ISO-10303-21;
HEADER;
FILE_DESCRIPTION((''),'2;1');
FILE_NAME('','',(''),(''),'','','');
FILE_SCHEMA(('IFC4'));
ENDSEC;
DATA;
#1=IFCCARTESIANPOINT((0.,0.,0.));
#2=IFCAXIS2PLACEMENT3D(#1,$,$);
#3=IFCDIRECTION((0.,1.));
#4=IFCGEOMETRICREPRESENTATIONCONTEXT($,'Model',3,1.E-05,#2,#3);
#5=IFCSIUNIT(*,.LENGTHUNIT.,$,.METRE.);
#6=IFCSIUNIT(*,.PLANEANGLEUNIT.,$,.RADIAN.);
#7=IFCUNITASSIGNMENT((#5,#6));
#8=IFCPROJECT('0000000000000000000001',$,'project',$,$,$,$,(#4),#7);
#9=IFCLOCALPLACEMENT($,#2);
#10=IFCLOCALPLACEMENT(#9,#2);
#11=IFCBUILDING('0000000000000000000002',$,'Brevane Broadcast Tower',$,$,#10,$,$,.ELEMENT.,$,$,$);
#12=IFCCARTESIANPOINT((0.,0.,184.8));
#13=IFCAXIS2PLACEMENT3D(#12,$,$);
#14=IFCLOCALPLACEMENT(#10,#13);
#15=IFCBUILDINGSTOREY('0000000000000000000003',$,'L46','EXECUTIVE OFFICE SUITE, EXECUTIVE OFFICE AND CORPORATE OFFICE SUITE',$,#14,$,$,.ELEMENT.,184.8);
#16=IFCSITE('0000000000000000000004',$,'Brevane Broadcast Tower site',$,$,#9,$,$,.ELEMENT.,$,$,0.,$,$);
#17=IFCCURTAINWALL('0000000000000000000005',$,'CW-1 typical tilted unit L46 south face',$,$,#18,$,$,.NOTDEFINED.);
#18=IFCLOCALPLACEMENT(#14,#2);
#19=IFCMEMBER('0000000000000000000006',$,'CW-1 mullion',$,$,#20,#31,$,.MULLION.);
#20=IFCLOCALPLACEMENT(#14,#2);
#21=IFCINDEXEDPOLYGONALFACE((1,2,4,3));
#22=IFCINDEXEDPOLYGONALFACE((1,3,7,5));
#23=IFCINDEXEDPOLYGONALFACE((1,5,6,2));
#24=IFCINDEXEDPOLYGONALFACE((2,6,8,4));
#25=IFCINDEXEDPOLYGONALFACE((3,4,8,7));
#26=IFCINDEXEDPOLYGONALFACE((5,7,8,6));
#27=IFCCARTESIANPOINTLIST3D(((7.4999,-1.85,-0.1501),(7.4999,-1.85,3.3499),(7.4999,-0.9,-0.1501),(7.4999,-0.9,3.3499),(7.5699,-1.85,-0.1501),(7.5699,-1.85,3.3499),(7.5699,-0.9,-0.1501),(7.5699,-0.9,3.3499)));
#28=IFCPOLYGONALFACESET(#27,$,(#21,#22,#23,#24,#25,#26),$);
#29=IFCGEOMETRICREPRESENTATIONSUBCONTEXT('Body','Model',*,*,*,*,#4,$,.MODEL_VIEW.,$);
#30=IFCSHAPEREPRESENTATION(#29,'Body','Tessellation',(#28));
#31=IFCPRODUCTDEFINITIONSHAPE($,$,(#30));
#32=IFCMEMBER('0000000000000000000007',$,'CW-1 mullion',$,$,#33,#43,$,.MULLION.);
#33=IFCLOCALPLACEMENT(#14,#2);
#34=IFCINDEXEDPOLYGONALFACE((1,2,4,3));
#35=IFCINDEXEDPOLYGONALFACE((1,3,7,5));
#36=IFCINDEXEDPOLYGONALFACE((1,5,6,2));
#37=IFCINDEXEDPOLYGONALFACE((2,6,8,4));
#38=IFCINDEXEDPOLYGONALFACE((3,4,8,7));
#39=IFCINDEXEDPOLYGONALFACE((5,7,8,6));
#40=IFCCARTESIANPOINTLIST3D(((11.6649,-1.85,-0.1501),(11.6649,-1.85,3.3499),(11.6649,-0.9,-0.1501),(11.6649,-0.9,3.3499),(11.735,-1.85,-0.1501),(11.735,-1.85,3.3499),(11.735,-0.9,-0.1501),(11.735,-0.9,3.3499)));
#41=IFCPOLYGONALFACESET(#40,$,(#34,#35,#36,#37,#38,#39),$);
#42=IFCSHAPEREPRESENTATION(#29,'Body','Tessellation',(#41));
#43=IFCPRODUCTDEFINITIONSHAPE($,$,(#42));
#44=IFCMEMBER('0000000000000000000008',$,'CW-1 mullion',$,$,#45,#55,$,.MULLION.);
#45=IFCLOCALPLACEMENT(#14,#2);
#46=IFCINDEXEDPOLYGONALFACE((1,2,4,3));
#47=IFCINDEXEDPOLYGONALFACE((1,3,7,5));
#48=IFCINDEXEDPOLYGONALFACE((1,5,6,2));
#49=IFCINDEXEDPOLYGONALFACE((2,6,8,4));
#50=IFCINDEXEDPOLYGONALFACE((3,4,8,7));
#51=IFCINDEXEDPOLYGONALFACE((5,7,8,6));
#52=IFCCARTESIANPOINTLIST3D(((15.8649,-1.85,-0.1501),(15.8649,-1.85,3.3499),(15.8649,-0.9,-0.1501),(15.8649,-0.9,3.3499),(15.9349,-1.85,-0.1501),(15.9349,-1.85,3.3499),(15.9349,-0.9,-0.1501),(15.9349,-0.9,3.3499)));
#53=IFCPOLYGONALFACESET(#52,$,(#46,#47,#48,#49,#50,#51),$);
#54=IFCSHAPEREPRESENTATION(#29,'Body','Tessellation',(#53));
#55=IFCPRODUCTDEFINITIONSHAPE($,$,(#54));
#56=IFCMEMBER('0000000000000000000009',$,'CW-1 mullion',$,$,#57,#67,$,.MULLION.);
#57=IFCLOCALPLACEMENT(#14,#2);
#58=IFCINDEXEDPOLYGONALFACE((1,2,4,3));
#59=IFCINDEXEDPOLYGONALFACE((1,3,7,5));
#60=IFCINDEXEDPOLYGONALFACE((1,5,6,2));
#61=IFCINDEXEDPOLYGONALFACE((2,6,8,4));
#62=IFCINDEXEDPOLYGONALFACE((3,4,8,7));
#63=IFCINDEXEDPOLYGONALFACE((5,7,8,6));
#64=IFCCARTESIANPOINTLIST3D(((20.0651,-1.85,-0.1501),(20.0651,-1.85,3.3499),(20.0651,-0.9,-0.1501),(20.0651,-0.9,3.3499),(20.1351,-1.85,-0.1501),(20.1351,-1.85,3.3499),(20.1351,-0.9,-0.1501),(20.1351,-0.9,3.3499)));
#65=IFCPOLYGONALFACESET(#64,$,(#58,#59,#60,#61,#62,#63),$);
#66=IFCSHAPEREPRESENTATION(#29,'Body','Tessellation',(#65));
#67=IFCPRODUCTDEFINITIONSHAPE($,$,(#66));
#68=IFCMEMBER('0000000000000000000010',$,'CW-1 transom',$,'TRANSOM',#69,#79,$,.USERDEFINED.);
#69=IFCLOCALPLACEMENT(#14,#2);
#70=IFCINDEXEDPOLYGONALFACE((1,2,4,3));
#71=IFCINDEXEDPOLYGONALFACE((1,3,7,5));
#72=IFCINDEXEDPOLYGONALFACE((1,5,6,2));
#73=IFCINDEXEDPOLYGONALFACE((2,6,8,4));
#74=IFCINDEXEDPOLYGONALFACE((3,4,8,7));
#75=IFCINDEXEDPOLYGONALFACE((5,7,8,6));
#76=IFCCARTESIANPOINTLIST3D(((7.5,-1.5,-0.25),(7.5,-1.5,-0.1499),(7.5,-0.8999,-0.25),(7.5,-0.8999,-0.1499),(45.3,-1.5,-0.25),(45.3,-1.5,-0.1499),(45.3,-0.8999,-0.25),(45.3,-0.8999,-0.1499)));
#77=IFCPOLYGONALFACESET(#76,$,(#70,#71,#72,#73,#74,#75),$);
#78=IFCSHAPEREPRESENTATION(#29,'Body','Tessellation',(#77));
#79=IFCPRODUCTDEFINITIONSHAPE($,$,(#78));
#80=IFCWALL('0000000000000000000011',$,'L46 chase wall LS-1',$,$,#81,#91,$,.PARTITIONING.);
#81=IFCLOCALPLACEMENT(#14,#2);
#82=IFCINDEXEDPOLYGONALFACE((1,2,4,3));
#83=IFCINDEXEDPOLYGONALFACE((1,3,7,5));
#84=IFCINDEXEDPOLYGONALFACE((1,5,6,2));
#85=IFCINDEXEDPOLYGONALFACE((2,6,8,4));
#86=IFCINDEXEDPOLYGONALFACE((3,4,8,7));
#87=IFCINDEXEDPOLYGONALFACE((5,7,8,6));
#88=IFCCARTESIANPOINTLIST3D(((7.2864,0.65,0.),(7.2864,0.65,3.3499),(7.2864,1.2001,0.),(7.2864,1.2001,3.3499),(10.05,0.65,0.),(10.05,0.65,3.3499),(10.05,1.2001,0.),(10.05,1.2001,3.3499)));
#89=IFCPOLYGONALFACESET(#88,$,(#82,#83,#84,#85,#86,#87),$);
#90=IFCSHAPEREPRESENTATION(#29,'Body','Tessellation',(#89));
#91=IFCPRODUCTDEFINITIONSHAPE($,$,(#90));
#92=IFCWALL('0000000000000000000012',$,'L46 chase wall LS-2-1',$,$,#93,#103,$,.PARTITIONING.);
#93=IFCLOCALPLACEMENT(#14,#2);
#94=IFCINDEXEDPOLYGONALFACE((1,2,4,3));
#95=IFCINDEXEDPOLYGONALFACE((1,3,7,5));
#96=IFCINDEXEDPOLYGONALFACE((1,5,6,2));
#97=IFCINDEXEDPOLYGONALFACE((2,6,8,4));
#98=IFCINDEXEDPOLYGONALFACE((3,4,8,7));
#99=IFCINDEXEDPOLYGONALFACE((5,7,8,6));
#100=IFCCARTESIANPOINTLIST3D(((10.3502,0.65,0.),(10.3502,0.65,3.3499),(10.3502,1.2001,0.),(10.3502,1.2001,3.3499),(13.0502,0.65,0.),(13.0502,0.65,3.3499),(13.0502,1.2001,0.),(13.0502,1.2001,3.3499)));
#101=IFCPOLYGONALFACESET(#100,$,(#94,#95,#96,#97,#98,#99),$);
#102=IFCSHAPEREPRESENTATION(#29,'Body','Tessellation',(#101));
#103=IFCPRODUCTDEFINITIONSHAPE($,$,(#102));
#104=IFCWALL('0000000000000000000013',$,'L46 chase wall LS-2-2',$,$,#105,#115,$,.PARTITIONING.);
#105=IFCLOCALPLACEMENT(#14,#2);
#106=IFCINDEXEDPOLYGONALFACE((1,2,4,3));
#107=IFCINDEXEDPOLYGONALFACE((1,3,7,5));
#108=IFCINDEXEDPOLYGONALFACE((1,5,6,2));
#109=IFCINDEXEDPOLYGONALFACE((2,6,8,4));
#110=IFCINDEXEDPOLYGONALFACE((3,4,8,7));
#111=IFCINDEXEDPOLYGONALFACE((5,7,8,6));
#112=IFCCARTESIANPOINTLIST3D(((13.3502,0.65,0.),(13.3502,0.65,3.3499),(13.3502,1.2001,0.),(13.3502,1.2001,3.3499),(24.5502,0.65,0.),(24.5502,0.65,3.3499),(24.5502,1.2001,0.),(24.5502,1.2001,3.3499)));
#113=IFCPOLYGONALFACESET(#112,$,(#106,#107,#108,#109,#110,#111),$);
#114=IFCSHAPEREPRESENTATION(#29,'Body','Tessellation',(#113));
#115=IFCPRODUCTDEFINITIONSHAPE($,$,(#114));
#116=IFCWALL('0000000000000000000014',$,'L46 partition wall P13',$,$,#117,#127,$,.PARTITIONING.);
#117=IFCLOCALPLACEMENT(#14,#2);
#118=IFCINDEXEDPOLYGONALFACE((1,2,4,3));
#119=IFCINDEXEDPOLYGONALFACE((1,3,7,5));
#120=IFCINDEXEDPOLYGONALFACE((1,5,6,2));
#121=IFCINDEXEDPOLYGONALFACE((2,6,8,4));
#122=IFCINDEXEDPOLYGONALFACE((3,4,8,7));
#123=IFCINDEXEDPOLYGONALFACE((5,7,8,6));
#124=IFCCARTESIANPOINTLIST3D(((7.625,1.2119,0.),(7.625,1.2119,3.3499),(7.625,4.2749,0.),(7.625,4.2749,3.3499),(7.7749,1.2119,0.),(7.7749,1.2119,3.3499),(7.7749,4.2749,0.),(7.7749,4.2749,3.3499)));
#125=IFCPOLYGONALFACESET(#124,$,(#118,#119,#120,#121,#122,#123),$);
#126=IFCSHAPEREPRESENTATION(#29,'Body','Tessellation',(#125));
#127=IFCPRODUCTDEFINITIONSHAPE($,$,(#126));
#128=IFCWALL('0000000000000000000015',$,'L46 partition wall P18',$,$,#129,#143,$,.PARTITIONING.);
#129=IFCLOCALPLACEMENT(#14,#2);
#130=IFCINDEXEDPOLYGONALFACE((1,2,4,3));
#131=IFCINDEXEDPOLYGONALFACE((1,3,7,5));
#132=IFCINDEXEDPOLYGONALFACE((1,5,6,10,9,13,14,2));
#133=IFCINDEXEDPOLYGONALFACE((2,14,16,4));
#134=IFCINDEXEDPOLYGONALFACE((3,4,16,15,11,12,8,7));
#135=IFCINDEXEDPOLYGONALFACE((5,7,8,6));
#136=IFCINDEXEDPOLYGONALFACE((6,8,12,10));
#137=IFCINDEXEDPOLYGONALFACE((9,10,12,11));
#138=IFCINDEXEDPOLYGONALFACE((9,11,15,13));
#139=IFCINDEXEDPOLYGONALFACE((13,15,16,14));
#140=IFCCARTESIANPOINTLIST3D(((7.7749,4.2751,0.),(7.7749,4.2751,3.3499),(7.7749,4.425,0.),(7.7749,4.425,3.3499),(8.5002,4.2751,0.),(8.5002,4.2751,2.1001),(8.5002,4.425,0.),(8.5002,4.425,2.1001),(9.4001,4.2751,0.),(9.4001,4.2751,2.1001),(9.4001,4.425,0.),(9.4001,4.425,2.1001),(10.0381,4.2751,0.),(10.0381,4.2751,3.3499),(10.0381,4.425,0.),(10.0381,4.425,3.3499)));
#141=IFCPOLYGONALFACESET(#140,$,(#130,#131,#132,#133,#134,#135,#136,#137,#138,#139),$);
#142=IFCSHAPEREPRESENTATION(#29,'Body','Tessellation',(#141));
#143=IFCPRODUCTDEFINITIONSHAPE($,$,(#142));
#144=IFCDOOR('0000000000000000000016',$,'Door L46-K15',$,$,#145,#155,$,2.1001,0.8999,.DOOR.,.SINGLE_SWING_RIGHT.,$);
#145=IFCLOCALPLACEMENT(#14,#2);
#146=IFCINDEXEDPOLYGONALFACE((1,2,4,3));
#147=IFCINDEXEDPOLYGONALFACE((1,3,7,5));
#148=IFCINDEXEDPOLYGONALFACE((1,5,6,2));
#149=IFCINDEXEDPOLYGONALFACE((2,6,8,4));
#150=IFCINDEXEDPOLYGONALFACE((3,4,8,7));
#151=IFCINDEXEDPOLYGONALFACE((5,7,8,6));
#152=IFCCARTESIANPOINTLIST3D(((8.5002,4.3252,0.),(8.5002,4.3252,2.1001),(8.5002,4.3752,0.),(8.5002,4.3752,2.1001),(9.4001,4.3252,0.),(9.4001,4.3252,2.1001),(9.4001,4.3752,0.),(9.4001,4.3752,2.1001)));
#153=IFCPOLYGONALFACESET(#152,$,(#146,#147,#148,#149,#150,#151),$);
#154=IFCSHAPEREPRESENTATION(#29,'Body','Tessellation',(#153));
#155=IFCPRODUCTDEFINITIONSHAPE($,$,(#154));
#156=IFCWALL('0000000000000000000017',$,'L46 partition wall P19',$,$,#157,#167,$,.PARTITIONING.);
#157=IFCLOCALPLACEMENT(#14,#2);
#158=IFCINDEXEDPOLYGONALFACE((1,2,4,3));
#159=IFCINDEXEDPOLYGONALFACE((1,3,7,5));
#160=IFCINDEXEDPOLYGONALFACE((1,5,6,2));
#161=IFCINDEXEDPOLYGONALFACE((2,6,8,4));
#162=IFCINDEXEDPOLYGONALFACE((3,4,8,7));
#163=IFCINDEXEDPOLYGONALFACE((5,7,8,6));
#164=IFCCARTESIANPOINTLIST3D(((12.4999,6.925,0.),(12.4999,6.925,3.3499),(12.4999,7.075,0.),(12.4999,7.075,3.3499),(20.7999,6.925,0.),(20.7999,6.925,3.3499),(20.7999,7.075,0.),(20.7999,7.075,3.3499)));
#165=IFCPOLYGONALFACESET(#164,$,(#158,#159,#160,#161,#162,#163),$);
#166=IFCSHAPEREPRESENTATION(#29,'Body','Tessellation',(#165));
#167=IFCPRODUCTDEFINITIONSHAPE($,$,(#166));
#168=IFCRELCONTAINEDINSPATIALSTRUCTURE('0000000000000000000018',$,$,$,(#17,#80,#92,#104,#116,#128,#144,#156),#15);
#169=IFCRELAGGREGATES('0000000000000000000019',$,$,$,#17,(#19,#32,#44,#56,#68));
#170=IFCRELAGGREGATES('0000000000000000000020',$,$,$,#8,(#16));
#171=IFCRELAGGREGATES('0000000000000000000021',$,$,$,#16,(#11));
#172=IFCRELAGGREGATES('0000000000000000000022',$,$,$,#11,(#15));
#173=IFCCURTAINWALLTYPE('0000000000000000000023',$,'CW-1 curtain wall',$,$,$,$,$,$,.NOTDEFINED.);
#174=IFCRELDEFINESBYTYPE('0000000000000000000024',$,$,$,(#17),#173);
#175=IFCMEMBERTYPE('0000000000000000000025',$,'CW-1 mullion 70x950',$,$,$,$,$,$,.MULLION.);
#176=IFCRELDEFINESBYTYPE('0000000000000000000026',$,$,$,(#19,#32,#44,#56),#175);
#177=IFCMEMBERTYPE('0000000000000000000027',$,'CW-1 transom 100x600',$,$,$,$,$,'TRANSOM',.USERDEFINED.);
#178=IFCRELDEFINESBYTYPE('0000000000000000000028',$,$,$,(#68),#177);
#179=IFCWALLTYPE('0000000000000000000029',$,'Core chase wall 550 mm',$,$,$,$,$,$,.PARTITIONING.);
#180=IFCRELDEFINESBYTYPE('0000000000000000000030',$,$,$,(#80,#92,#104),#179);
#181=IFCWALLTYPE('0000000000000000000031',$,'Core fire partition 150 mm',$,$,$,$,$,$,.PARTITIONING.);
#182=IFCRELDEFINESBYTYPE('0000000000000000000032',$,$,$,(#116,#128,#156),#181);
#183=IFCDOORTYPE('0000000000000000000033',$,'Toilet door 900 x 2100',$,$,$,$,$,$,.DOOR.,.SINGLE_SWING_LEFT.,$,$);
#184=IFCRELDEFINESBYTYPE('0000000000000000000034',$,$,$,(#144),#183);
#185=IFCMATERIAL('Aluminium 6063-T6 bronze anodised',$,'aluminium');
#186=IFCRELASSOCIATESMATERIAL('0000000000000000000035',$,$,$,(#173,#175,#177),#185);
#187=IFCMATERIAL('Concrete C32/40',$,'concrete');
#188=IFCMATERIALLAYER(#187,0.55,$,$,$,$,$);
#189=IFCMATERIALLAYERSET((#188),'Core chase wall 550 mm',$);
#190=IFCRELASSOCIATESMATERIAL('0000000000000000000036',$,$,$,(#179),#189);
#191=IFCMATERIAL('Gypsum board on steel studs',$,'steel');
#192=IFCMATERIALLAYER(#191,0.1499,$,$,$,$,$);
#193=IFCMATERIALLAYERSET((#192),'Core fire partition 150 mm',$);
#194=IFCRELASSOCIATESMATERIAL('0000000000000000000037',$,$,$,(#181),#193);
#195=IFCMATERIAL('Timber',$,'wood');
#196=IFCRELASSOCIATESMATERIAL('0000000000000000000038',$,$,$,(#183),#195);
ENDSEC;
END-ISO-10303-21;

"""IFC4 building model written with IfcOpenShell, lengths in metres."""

from ifc_helpers import new_model, si_unit, direction, frame, frame_2d, origin, origin_2d, place, context, subcontext, project, spatial, rectangle, extrude, material, layer, layer_set, material_profile, profile_set, type_object, element, fill, aggregate, save


model = new_model("IFC4")

# Units and contexts
model_context = context("Model", 3, precision=1e-05, world=origin(), true_north=direction((0.0, 1.0)))
body_context = subcontext(model_context, "Body", "Model", "MODEL_VIEW")
ifc_project = project(units=[si_unit("LENGTHUNIT", "METRE"), si_unit("PLANEANGLEUNIT", "RADIAN")], contexts=[model_context])

# Site, building, storey
site_placement = place(None, origin())
site = spatial("IfcSite", under=ifc_project, at=site_placement, Name="Brevane Broadcast Tower site", CompositionType="ELEMENT", RefElevation=0.0)
building_placement = place(site_placement, origin())
building = spatial("IfcBuilding", under=site, at=building_placement, Name="Brevane Broadcast Tower", CompositionType="ELEMENT")
storey_placement = place(building_placement, frame((0.0, 0.0, 184.8)))
storey = spatial("IfcBuildingStorey", under=building, at=storey_placement, Name="L46", Description="EXECUTIVE OFFICE SUITE, EXECUTIVE OFFICE AND CORPORATE OFFICE SUITE", CompositionType="ELEMENT", Elevation=184.8)

# Curtain wall, members
ifc_material_1 = material(Name="Aluminium 6063-T6 bronze anodised", Category="aluminium")
curtain_wall_type = type_object("IfcCurtainWallType", Name="CW-1 curtain wall", PredefinedType="NOTDEFINED", material=ifc_material_1)
curtain_wall_placement = place(storey_placement, origin())
curtain_wall = element("IfcCurtainWall", 1, at=curtain_wall_placement, inside=storey, type_object=curtain_wall_type, Name="CW-1 typical tilted unit L46 south face", PredefinedType="NOTDEFINED")
ifc_material_profile_1 = material_profile(ifc_material_1, rectangle(XDim=0.95, YDim=0.0701, at=origin_2d()), Name="RECT 70x950")
ifc_profile_set_1 = profile_set([ifc_material_profile_1], Name="Aluminium 6063-T6 bronze anodised")
member_type_1 = type_object("IfcMemberType", Name="CW-1 mullion 70x950", PredefinedType="MULLION", material=ifc_profile_set_1)
member_1_placement = place(storey_placement, frame((7.5349, -1.375, -0.1501), z_axis=(0.0, 0.0, 1.0), x_axis=(0.0, 1.0, 0.0)))
member_1 = element("IfcMember", 2, at=member_1_placement, type_object=member_type_1, Name="CW-1 mullion", PredefinedType="MULLION", context=body_context, shape_type="SweptSolid", body=[
    extrude(rectangle(XDim=0.95, YDim=0.0701, at=origin_2d()), origin(), (0.0, 0.0, 1.0), 3.5),
])
member_2_placement = place(storey_placement, frame((11.7, -1.375, -0.1501), z_axis=(0.0, 0.0, 1.0), x_axis=(0.0, 1.0, 0.0)))
member_2 = element("IfcMember", 3, at=member_2_placement, type_object=member_type_1, Name="CW-1 mullion", PredefinedType="MULLION", context=body_context, shape_type="SweptSolid", body=[
    extrude(rectangle(XDim=0.95, YDim=0.0701, at=origin_2d()), origin(), (0.0, 0.0, 1.0), 3.5),
])
member_3_placement = place(storey_placement, frame((15.8999, -1.375, -0.1501), z_axis=(0.0, 0.0, 1.0), x_axis=(0.0, 1.0, 0.0)))
member_3 = element("IfcMember", 4, at=member_3_placement, type_object=member_type_1, Name="CW-1 mullion", PredefinedType="MULLION", context=body_context, shape_type="SweptSolid", body=[
    extrude(rectangle(XDim=0.95, YDim=0.0701, at=origin_2d()), origin(), (0.0, 0.0, 1.0), 3.5),
])
member_4_placement = place(storey_placement, frame((20.1001, -1.375, -0.1501), z_axis=(0.0, 0.0, 1.0), x_axis=(0.0, 1.0, 0.0)))
member_4 = element("IfcMember", 5, at=member_4_placement, type_object=member_type_1, Name="CW-1 mullion", PredefinedType="MULLION", context=body_context, shape_type="SweptSolid", body=[
    extrude(rectangle(XDim=0.95, YDim=0.0701, at=origin_2d()), origin(), (0.0, 0.0, 1.0), 3.5),
])
ifc_material_profile_2 = material_profile(ifc_material_1, rectangle(XDim=0.6001, YDim=0.1001, at=origin_2d()), Name="RECT 100x600")
ifc_profile_set_2 = profile_set([ifc_material_profile_2], Name="Aluminium 6063-T6 bronze anodised")
member_type_2 = type_object("IfcMemberType", Name="CW-1 transom 100x600", ElementType="TRANSOM", PredefinedType="USERDEFINED", material=ifc_profile_set_2)
member_5_placement = place(storey_placement, frame((7.5, -1.2, -0.2), z_axis=(1.0, 0.0, 0.0), x_axis=(0.0, 1.0, 0.0)))
member_5 = element("IfcMember", 6, at=member_5_placement, type_object=member_type_2, Name="CW-1 transom", ObjectType="TRANSOM", PredefinedType="USERDEFINED", context=body_context, shape_type="SweptSolid", body=[
    extrude(rectangle(XDim=0.6001, YDim=0.1001, at=origin_2d()), origin(), (0.0, 0.0, 1.0), 37.8),
])
aggregate(curtain_wall, [member_1, member_2, member_3, member_4, member_5])

# Walls
ifc_material_2 = material(Name="Concrete C32/40", Category="concrete")
ifc_layer_1 = layer(ifc_material_2, 0.55)
ifc_layer_set_1 = layer_set([ifc_layer_1], Name="Core chase wall 550 mm")
wall_type_1 = type_object("IfcWallType", Name="Core chase wall 550 mm", PredefinedType="PARTITIONING", material=ifc_layer_set_1)
wall_1_placement = place(storey_placement, frame((7.2864, 0.925, 0.0), z_axis=(0.0, 0.0, 1.0), x_axis=(1.0, 0.0, 0.0)))
element("IfcWall", 7, at=wall_1_placement, inside=storey, type_object=wall_type_1, Name="L46 chase wall LS-1", PredefinedType="PARTITIONING", context=body_context, shape_type="SweptSolid", body=[
    extrude(rectangle(XDim=2.7637, YDim=0.55, at=frame_2d((1.3818, 0.0))), origin(), (0.0, 0.0, 1.0), 3.3499),
])
wall_2_placement = place(storey_placement, frame((10.3501, 0.925, 0.0), z_axis=(0.0, 0.0, 1.0), x_axis=(1.0, 0.0, 0.0)))
element("IfcWall", 8, at=wall_2_placement, inside=storey, type_object=wall_type_1, Name="L46 chase wall LS-2-1", PredefinedType="PARTITIONING", context=body_context, shape_type="SweptSolid", body=[
    extrude(rectangle(XDim=2.7, YDim=0.55, at=frame_2d((1.3501, 0.0))), origin(), (0.0, 0.0, 1.0), 3.3499),
])
wall_3_placement = place(storey_placement, frame((13.3501, 0.925, 0.0), z_axis=(0.0, 0.0, 1.0), x_axis=(1.0, 0.0, 0.0)))
element("IfcWall", 9, at=wall_3_placement, inside=storey, type_object=wall_type_1, Name="L46 chase wall LS-2-2", PredefinedType="PARTITIONING", context=body_context, shape_type="SweptSolid", body=[
    extrude(rectangle(XDim=11.2, YDim=0.55, at=frame_2d((5.6001, 0.0))), origin(), (0.0, 0.0, 1.0), 3.3499),
])
ifc_material_3 = material(Name="Gypsum board on steel studs", Category="steel")
ifc_layer_2 = layer(ifc_material_3, 0.1499)
ifc_layer_set_2 = layer_set([ifc_layer_2], Name="Core fire partition 150 mm")
wall_type_2 = type_object("IfcWallType", Name="Core fire partition 150 mm", PredefinedType="PARTITIONING", material=ifc_layer_set_2)
wall_4_placement = place(storey_placement, frame((7.7, 4.2749, 0.0), z_axis=(0.0, 0.0, 1.0), x_axis=(0.0, -1.0, 0.0)))
element("IfcWall", 10, at=wall_4_placement, inside=storey, type_object=wall_type_2, Name="L46 partition wall P13", PredefinedType="PARTITIONING", context=body_context, shape_type="SweptSolid", body=[
    extrude(rectangle(XDim=3.063, YDim=0.1499, at=frame_2d((1.5315, 0.0))), origin(), (0.0, 0.0, 1.0), 3.3499),
])

# Wall, opening, door
wall_5_placement = place(storey_placement, frame((10.0381, 4.3501, 0.0), z_axis=(0.0, 0.0, 1.0), x_axis=(-1.0, 0.0, 0.0)))
wall_5 = element("IfcWall", 11, at=wall_5_placement, inside=storey, type_object=wall_type_2, Name="L46 partition wall P18", PredefinedType="PARTITIONING", context=body_context, shape_type="SweptSolid", body=[
    extrude(rectangle(XDim=2.2632, YDim=0.1499, at=frame_2d((1.1316, 0.0))), origin(), (0.0, 0.0, 1.0), 3.3499),
])
opening_1_placement = place(wall_5_placement, frame((0.6379, 0.0, 0.0)))
opening_1 = element("IfcOpeningElement", 12, at=opening_1_placement, cuts=wall_5, PredefinedType="OPENING", context=body_context, shape_type="SweptSolid", body=[
    extrude(rectangle(XDim=0.8999, YDim=2.1001, at=frame_2d((0.45, 1.05))), frame((0.0, 0.085, 0.0), z_axis=(0.0, -1.0, 0.0), x_axis=(1.0, 0.0, 0.0)), (0.0, 0.0, 1.0), 0.1699),
])
ifc_material_4 = material(Name="Timber", Category="wood")
door_type_1 = type_object("IfcDoorType", Name="Toilet door 900 x 2100", OperationType="SINGLE_SWING_LEFT", PredefinedType="DOOR", material=ifc_material_4)
door_1_placement = place(opening_1_placement, origin())
door_1 = element("IfcDoor", 13, at=door_1_placement, inside=storey, type_object=door_type_1, Name="Door L46-K15", OperationType="SINGLE_SWING_RIGHT", OverallHeight=2.1001, OverallWidth=0.8999, PredefinedType="DOOR", context=body_context, shape_type="SweptSolid", body=[
    extrude(rectangle(XDim=0.8999, YDim=2.1001, at=frame_2d((0.45, 1.05))), frame((0.0, 0.0249, 0.0), z_axis=(0.0, -1.0, 0.0), x_axis=(1.0, 0.0, 0.0)), (0.0, 0.0, 1.0), 0.05),
])
fill(opening_1, door_1)

# Wall
wall_6_placement = place(storey_placement, frame((12.5, 7.0, 0.0), z_axis=(0.0, 0.0, 1.0), x_axis=(1.0, 0.0, 0.0)))
element("IfcWall", 14, at=wall_6_placement, inside=storey, type_object=wall_type_2, Name="L46 partition wall P19", PredefinedType="PARTITIONING", context=body_context, shape_type="SweptSolid", body=[
    extrude(rectangle(XDim=8.3, YDim=0.1499, at=frame_2d((4.1499, 0.0))), origin(), (0.0, 0.0, 1.0), 3.3499),
])

save(model, "model.ifc")
